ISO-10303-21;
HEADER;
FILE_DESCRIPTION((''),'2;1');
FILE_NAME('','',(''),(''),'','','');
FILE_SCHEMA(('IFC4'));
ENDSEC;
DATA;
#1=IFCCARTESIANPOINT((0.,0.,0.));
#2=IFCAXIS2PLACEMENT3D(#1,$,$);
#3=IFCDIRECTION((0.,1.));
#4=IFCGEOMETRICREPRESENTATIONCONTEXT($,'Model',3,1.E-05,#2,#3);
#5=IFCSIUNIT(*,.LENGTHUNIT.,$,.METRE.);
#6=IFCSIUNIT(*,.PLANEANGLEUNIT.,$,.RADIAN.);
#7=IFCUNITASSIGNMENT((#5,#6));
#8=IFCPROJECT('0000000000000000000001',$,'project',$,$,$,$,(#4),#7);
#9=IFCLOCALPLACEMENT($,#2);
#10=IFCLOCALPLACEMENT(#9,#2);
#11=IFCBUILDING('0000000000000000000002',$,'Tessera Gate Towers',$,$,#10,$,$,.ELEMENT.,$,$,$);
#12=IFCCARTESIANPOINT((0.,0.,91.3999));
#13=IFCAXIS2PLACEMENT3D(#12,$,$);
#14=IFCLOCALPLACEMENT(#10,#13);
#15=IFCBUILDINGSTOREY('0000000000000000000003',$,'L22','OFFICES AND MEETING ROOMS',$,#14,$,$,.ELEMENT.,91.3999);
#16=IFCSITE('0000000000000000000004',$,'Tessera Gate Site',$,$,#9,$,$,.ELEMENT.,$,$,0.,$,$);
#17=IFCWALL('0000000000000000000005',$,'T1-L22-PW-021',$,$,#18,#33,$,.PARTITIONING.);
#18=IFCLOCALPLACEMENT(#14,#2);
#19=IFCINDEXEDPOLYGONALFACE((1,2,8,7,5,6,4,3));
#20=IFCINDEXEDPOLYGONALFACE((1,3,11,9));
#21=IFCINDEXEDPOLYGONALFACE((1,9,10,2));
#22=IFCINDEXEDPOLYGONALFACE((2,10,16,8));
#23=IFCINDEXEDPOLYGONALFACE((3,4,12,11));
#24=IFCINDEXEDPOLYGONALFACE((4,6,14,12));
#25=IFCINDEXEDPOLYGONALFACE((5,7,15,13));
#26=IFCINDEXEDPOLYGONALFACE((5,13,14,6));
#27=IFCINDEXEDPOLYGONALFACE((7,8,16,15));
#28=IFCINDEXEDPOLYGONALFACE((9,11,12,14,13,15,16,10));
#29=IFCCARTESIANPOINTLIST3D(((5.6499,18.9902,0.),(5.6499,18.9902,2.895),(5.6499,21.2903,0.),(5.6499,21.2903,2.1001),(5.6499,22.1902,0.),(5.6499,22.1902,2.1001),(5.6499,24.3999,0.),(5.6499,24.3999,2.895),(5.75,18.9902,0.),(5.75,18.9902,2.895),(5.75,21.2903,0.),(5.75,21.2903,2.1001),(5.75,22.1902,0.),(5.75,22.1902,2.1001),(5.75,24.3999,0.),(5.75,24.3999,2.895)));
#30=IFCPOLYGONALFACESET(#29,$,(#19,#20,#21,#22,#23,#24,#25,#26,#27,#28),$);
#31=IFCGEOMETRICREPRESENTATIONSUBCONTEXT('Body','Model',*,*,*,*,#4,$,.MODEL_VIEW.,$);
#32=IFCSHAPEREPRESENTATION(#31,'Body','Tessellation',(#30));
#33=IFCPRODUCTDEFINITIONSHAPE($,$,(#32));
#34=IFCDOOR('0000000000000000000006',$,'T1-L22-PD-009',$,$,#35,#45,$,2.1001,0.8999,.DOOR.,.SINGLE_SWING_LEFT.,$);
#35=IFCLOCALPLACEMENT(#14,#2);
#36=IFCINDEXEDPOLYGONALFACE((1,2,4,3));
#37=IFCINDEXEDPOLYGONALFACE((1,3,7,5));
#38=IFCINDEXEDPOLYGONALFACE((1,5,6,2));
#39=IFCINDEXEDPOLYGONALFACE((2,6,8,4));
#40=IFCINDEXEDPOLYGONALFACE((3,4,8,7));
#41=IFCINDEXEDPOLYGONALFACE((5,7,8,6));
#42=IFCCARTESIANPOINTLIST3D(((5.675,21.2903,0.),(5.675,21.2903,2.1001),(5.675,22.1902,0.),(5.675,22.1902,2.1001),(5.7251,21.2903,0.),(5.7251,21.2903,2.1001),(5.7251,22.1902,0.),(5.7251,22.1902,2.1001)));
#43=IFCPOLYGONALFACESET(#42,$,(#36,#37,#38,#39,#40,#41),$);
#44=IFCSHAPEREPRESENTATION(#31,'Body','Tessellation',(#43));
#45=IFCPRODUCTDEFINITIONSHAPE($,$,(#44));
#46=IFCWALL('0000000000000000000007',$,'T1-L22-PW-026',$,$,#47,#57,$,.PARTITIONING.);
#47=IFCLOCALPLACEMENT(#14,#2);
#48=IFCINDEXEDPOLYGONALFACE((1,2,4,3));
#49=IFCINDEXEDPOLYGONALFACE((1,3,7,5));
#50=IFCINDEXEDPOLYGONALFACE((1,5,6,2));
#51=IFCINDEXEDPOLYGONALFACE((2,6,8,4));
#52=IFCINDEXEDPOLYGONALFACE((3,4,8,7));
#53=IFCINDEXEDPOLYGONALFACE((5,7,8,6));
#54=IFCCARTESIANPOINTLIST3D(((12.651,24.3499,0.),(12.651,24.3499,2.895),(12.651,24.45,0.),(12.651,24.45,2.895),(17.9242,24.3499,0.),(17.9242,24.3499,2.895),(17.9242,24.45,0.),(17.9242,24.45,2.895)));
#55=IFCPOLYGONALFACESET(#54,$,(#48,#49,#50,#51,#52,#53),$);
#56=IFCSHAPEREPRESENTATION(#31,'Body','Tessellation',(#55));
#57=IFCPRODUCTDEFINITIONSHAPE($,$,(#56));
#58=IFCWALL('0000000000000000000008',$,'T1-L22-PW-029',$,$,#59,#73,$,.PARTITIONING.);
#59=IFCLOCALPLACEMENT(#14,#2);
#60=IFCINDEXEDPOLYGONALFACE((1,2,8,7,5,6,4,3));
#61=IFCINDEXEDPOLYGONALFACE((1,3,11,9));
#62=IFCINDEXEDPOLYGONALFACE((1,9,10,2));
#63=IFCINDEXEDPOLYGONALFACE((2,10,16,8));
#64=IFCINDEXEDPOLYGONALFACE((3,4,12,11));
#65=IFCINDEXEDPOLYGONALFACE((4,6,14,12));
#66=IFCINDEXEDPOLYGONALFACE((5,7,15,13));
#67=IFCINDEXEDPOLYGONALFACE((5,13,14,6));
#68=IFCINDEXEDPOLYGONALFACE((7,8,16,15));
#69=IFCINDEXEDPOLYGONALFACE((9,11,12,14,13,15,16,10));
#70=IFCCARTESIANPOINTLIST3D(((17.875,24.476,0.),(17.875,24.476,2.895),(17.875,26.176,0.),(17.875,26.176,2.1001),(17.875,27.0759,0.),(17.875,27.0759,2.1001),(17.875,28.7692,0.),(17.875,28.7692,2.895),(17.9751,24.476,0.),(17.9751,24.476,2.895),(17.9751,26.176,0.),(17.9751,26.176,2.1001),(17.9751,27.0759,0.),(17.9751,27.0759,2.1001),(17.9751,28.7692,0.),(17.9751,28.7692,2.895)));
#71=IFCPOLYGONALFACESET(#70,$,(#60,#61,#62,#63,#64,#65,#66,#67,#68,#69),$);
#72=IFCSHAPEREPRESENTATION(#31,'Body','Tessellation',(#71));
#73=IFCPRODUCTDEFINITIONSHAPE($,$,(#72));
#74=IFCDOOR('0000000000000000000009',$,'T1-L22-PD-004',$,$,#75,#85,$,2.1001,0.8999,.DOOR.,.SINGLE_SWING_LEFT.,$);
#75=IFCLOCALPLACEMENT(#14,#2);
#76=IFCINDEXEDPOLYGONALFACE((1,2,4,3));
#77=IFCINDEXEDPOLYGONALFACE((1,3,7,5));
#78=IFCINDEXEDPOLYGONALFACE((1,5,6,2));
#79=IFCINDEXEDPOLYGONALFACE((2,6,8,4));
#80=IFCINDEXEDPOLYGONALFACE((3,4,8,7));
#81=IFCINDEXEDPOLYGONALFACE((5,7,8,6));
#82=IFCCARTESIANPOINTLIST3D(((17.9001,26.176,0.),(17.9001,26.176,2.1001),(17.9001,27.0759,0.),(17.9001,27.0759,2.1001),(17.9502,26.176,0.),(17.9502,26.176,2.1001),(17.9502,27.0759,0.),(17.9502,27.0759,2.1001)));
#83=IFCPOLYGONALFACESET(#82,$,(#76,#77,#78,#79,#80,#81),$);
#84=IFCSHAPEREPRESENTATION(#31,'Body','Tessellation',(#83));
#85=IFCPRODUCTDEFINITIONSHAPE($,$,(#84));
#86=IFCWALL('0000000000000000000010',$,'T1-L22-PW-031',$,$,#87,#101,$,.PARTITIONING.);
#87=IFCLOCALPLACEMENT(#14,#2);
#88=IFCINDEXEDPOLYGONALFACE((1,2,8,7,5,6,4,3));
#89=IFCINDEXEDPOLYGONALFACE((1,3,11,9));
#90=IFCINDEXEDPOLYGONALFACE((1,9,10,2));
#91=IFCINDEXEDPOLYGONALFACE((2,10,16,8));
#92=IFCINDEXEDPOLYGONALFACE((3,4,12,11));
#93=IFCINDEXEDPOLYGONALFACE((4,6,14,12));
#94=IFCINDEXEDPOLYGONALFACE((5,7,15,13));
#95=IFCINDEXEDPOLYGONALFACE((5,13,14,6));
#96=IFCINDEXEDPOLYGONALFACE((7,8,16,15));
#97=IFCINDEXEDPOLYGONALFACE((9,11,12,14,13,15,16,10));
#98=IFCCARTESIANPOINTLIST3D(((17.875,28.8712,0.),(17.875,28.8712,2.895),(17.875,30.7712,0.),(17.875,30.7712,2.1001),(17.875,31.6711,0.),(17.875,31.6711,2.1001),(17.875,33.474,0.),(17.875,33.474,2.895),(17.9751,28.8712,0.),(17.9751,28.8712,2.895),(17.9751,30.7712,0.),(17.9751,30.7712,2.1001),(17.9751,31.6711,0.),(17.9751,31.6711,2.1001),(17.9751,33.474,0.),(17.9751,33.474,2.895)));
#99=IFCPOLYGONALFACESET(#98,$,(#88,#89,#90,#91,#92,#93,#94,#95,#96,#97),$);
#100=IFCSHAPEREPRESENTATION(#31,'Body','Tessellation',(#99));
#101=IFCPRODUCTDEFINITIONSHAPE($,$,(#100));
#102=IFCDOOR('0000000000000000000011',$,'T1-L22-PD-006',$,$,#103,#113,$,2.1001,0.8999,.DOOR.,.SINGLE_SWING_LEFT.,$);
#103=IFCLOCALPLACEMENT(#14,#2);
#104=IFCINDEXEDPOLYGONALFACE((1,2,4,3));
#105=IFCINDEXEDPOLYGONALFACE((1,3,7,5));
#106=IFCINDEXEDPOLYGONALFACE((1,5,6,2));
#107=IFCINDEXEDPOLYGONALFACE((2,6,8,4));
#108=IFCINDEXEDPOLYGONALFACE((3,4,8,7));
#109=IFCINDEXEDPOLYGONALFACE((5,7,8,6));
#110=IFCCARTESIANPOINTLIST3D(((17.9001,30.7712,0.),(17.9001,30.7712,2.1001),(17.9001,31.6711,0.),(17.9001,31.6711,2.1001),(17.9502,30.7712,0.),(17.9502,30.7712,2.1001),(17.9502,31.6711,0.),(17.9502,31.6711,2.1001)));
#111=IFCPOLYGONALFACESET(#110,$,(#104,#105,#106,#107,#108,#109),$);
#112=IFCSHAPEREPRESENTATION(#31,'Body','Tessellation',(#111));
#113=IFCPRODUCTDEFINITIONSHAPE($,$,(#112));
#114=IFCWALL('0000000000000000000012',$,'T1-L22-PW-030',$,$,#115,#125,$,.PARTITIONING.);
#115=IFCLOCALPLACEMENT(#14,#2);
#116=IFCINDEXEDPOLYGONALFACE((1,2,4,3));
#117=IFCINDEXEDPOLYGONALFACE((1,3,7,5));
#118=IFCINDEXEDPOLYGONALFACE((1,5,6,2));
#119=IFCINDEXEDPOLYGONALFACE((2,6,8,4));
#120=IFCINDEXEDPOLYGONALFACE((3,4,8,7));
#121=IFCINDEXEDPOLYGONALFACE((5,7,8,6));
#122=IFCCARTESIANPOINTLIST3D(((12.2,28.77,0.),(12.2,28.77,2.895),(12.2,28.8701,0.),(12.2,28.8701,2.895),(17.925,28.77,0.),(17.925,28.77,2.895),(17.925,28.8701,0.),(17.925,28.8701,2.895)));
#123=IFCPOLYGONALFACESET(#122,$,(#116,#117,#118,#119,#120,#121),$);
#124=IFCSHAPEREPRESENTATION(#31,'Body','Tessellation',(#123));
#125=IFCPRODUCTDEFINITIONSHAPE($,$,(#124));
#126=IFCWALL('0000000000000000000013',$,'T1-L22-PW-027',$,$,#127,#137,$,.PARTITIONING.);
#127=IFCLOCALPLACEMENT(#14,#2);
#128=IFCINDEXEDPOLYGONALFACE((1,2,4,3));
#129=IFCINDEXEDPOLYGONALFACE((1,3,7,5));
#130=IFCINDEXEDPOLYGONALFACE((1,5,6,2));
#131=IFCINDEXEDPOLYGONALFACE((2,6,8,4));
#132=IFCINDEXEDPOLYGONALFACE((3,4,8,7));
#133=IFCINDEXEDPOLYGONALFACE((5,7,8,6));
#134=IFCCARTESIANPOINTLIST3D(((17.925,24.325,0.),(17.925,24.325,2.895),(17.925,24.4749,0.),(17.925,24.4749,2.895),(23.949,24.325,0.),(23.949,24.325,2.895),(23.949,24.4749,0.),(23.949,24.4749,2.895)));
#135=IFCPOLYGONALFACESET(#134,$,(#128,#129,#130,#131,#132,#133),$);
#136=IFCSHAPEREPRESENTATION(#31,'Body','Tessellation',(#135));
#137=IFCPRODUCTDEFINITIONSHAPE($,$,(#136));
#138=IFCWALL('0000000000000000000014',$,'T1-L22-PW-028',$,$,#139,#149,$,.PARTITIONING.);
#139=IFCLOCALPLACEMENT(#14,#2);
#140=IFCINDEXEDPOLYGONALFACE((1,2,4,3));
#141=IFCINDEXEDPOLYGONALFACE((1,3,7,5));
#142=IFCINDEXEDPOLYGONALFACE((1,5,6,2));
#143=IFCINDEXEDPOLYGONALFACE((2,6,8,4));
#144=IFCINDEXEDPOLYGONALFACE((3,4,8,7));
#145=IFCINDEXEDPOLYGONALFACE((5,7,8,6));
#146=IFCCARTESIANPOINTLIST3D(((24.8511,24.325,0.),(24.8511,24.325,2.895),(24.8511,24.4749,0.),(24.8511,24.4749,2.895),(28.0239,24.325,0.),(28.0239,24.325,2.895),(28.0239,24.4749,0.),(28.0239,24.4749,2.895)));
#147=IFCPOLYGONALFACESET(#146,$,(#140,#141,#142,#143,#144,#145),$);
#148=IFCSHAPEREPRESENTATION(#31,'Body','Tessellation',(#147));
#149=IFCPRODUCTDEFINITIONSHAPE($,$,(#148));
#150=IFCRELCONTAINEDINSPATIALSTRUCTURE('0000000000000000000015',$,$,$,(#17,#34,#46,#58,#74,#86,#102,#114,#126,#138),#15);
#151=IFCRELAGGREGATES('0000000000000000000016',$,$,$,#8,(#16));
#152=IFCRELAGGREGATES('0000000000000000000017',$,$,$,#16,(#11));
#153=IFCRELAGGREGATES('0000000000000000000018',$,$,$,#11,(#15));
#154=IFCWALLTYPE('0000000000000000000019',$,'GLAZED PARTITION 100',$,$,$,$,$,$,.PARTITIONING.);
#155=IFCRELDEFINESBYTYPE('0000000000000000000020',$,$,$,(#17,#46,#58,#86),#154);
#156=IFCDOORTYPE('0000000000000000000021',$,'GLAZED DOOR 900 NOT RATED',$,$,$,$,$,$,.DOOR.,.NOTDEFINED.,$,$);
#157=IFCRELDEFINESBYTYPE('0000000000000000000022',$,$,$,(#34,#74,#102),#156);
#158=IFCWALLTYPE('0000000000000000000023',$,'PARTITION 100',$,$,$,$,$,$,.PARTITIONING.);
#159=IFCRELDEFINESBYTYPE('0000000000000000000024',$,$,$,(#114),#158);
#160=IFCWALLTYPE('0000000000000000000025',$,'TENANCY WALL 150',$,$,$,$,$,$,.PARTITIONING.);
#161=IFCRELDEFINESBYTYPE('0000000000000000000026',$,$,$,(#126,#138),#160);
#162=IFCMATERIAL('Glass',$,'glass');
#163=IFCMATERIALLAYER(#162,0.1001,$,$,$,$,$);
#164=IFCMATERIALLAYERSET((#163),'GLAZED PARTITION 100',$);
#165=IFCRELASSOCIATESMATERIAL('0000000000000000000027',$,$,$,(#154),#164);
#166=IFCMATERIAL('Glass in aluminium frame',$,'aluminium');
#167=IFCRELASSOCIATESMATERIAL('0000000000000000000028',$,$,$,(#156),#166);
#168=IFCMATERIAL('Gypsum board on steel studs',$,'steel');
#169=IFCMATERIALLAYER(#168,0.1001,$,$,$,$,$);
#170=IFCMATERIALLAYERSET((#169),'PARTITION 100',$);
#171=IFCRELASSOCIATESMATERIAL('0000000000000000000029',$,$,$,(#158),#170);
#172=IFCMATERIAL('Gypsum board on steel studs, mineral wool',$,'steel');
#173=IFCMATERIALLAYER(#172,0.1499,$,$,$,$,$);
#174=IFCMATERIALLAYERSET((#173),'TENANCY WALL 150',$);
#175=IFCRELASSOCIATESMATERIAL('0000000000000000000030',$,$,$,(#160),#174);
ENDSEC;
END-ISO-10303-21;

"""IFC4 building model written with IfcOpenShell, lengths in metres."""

from ifc_helpers import new_model, si_unit, direction, frame, frame_2d, origin, place, context, subcontext, project, spatial, rectangle, extrude, source, transform, mapped, material, layer, layer_set, type_object, element, fill, save


model = new_model("IFC4")

# Units and contexts
model_context = context("Model", 3, precision=1e-05, world=origin(), true_north=direction((0.0, 1.0)))
body_context = subcontext(model_context, "Body", "Model", "MODEL_VIEW")
ifc_project = project(units=[si_unit("LENGTHUNIT", "METRE"), si_unit("PLANEANGLEUNIT", "RADIAN")], contexts=[model_context])

# Site, building, storey
site_placement = place(None, origin())
site = spatial("IfcSite", under=ifc_project, at=site_placement, Name="Tessera Gate Site", CompositionType="ELEMENT", RefElevation=0.0)
building_placement = place(site_placement, origin())
building = spatial("IfcBuilding", under=site, at=building_placement, Name="Tessera Gate Towers", CompositionType="ELEMENT")
storey_placement = place(building_placement, frame((0.0, 0.0, 91.3999)))
storey = spatial("IfcBuildingStorey", under=building, at=storey_placement, Name="L22", Description="OFFICES AND MEETING ROOMS", CompositionType="ELEMENT", Elevation=91.3999)

# Shared definitions
ifc_material_1 = material(Name="Glass", Category="glass")
ifc_layer_1 = layer(ifc_material_1, 0.1001)
ifc_layer_set_1 = layer_set([ifc_layer_1], Name="GLAZED PARTITION 100")
wall_type_1 = type_object("IfcWallType", Name="GLAZED PARTITION 100", PredefinedType="PARTITIONING", material=ifc_layer_set_1)

# Wall, opening, door
wall_1_placement = place(storey_placement, frame((5.7, 18.9902, 0.0), z_axis=(0.0, 0.0, 1.0), x_axis=(0.0, 1.0, 0.0)))
wall_1 = element("IfcWall", 1, at=wall_1_placement, inside=storey, type_object=wall_type_1, Name="T1-L22-PW-021", PredefinedType="PARTITIONING", context=body_context, shape_type="SweptSolid", body=[
    extrude(rectangle(XDim=5.4097, YDim=0.1001, at=frame_2d((2.7048, 0.0))), origin(), (0.0, 0.0, 1.0), 2.895),
])
shared_shape_1 = source(origin(), body_context, "Body", "SweptSolid", [
    extrude(rectangle(XDim=0.8999, YDim=2.1001, at=frame_2d((0.45, 1.05))), frame((0.0, 0.0601, 0.0), z_axis=(0.0, -1.0, 0.0), x_axis=(1.0, 0.0, 0.0)), (0.0, 0.0, 1.0), 0.1201),
])
opening_1_placement = place(wall_1_placement, frame((2.3, 0.0, 0.0)))
opening_1 = element("IfcOpeningElement", 2, at=opening_1_placement, cuts=wall_1, PredefinedType="OPENING", context=body_context, shape_type="MappedRepresentation", body=[
    mapped(shared_shape_1, transform((0.0, 0.0, 0.0), scale=1.0)),
])
ifc_material_2 = material(Name="Glass in aluminium frame", Category="aluminium")
door_type = type_object("IfcDoorType", Name="GLAZED DOOR 900 NOT RATED", OperationType="NOTDEFINED", PredefinedType="DOOR", material=ifc_material_2)
shared_shape_2 = source(origin(), body_context, "Body", "SweptSolid", [
    extrude(rectangle(XDim=0.8999, YDim=2.1001, at=frame_2d((0.45, 1.05))), frame((0.0, 0.0249, 0.0), z_axis=(0.0, -1.0, 0.0), x_axis=(1.0, 0.0, 0.0)), (0.0, 0.0, 1.0), 0.05),
])
door_1_placement = place(opening_1_placement, origin())
door_1 = element("IfcDoor", 3, at=door_1_placement, inside=storey, type_object=door_type, Name="T1-L22-PD-009", OperationType="SINGLE_SWING_LEFT", OverallHeight=2.1001, OverallWidth=0.8999, PredefinedType="DOOR", context=body_context, shape_type="MappedRepresentation", body=[
    mapped(shared_shape_2, transform((0.0, 0.0, 0.0), scale=1.0)),
])
fill(opening_1, door_1)

# Wall
wall_2_placement = place(storey_placement, frame((12.6509, 24.3999, 0.0), z_axis=(0.0, 0.0, 1.0), x_axis=(1.0, 0.0, 0.0)))
element("IfcWall", 4, at=wall_2_placement, inside=storey, type_object=wall_type_1, Name="T1-L22-PW-026", PredefinedType="PARTITIONING", context=body_context, shape_type="SweptSolid", body=[
    extrude(rectangle(XDim=5.2732, YDim=0.1001, at=frame_2d((2.6367, 0.0))), origin(), (0.0, 0.0, 1.0), 2.895),
])

# Walls, openings, doors
wall_3_placement = place(storey_placement, frame((17.925, 24.4761, 0.0), z_axis=(0.0, 0.0, 1.0), x_axis=(0.0, 1.0, 0.0)))
wall_3 = element("IfcWall", 5, at=wall_3_placement, inside=storey, type_object=wall_type_1, Name="T1-L22-PW-029", PredefinedType="PARTITIONING", context=body_context, shape_type="SweptSolid", body=[
    extrude(rectangle(XDim=4.2932, YDim=0.1001, at=frame_2d((2.1465, 0.0))), origin(), (0.0, 0.0, 1.0), 2.895),
])
opening_2_placement = place(wall_3_placement, frame((1.7, 0.0, 0.0)))
opening_2 = element("IfcOpeningElement", 6, at=opening_2_placement, cuts=wall_3, PredefinedType="OPENING", context=body_context, shape_type="MappedRepresentation", body=[
    mapped(shared_shape_1, transform((0.0, 0.0, 0.0), scale=1.0)),
])
door_2_placement = place(opening_2_placement, origin())
door_2 = element("IfcDoor", 7, at=door_2_placement, inside=storey, type_object=door_type, Name="T1-L22-PD-004", OperationType="SINGLE_SWING_LEFT", OverallHeight=2.1001, OverallWidth=0.8999, PredefinedType="DOOR", context=body_context, shape_type="MappedRepresentation", body=[
    mapped(shared_shape_2, transform((0.0, 0.0, 0.0), scale=1.0)),
])
fill(opening_2, door_2)
wall_4_placement = place(storey_placement, frame((17.925, 28.8713, 0.0), z_axis=(0.0, 0.0, 1.0), x_axis=(0.0, 1.0, 0.0)))
wall_4 = element("IfcWall", 8, at=wall_4_placement, inside=storey, type_object=wall_type_1, Name="T1-L22-PW-031", PredefinedType="PARTITIONING", context=body_context, shape_type="SweptSolid", body=[
    extrude(rectangle(XDim=4.6028, YDim=0.1001, at=frame_2d((2.3013, 0.0))), origin(), (0.0, 0.0, 1.0), 2.895),
])
opening_3_placement = place(wall_4_placement, frame((1.8999, 0.0, 0.0)))
opening_3 = element("IfcOpeningElement", 9, at=opening_3_placement, cuts=wall_4, PredefinedType="OPENING", context=body_context, shape_type="MappedRepresentation", body=[
    mapped(shared_shape_1, transform((0.0, 0.0, 0.0), scale=1.0)),
])
door_3_placement = place(opening_3_placement, origin())
door_3 = element("IfcDoor", 10, at=door_3_placement, inside=storey, type_object=door_type, Name="T1-L22-PD-006", OperationType="SINGLE_SWING_LEFT", OverallHeight=2.1001, OverallWidth=0.8999, PredefinedType="DOOR", context=body_context, shape_type="MappedRepresentation", body=[
    mapped(shared_shape_2, transform((0.0, 0.0, 0.0), scale=1.0)),
])
fill(opening_3, door_3)

# Walls
ifc_material_3 = material(Name="Gypsum board on steel studs", Category="steel")
ifc_layer_2 = layer(ifc_material_3, 0.1001)
ifc_layer_set_2 = layer_set([ifc_layer_2], Name="PARTITION 100")
wall_type_2 = type_object("IfcWallType", Name="PARTITION 100", PredefinedType="PARTITIONING", material=ifc_layer_set_2)
wall_5_placement = place(storey_placement, frame((12.2, 28.8201, 0.0), z_axis=(0.0, 0.0, 1.0), x_axis=(1.0, 0.0, 0.0)))
element("IfcWall", 11, at=wall_5_placement, inside=storey, type_object=wall_type_2, Name="T1-L22-PW-030", PredefinedType="PARTITIONING", context=body_context, shape_type="SweptSolid", body=[
    extrude(rectangle(XDim=5.7251, YDim=0.1001, at=frame_2d((2.8625, 0.0))), origin(), (0.0, 0.0, 1.0), 2.895),
])
ifc_material_4 = material(Name="Gypsum board on steel studs, mineral wool", Category="steel")
ifc_layer_3 = layer(ifc_material_4, 0.1499)
ifc_layer_set_3 = layer_set([ifc_layer_3], Name="TENANCY WALL 150")
wall_type_3 = type_object("IfcWallType", Name="TENANCY WALL 150", PredefinedType="PARTITIONING", material=ifc_layer_set_3)
wall_6_placement = place(storey_placement, frame((17.925, 24.3999, 0.0), z_axis=(0.0, 0.0, 1.0), x_axis=(1.0, 0.0, 0.0)))
element("IfcWall", 12, at=wall_6_placement, inside=storey, type_object=wall_type_3, Name="T1-L22-PW-027", PredefinedType="PARTITIONING", context=body_context, shape_type="SweptSolid", body=[
    extrude(rectangle(XDim=6.0239, YDim=0.1499, at=frame_2d((3.012, 0.0))), origin(), (0.0, 0.0, 1.0), 2.895),
])
wall_7_placement = place(storey_placement, frame((24.8511, 24.3999, 0.0), z_axis=(0.0, 0.0, 1.0), x_axis=(1.0, 0.0, 0.0)))
element("IfcWall", 13, at=wall_7_placement, inside=storey, type_object=wall_type_3, Name="T1-L22-PW-028", PredefinedType="PARTITIONING", context=body_context, shape_type="SweptSolid", body=[
    extrude(rectangle(XDim=3.1729, YDim=0.1499, at=frame_2d((1.5864, 0.0))), origin(), (0.0, 0.0, 1.0), 2.895),
])

save(model, "model.ifc")
